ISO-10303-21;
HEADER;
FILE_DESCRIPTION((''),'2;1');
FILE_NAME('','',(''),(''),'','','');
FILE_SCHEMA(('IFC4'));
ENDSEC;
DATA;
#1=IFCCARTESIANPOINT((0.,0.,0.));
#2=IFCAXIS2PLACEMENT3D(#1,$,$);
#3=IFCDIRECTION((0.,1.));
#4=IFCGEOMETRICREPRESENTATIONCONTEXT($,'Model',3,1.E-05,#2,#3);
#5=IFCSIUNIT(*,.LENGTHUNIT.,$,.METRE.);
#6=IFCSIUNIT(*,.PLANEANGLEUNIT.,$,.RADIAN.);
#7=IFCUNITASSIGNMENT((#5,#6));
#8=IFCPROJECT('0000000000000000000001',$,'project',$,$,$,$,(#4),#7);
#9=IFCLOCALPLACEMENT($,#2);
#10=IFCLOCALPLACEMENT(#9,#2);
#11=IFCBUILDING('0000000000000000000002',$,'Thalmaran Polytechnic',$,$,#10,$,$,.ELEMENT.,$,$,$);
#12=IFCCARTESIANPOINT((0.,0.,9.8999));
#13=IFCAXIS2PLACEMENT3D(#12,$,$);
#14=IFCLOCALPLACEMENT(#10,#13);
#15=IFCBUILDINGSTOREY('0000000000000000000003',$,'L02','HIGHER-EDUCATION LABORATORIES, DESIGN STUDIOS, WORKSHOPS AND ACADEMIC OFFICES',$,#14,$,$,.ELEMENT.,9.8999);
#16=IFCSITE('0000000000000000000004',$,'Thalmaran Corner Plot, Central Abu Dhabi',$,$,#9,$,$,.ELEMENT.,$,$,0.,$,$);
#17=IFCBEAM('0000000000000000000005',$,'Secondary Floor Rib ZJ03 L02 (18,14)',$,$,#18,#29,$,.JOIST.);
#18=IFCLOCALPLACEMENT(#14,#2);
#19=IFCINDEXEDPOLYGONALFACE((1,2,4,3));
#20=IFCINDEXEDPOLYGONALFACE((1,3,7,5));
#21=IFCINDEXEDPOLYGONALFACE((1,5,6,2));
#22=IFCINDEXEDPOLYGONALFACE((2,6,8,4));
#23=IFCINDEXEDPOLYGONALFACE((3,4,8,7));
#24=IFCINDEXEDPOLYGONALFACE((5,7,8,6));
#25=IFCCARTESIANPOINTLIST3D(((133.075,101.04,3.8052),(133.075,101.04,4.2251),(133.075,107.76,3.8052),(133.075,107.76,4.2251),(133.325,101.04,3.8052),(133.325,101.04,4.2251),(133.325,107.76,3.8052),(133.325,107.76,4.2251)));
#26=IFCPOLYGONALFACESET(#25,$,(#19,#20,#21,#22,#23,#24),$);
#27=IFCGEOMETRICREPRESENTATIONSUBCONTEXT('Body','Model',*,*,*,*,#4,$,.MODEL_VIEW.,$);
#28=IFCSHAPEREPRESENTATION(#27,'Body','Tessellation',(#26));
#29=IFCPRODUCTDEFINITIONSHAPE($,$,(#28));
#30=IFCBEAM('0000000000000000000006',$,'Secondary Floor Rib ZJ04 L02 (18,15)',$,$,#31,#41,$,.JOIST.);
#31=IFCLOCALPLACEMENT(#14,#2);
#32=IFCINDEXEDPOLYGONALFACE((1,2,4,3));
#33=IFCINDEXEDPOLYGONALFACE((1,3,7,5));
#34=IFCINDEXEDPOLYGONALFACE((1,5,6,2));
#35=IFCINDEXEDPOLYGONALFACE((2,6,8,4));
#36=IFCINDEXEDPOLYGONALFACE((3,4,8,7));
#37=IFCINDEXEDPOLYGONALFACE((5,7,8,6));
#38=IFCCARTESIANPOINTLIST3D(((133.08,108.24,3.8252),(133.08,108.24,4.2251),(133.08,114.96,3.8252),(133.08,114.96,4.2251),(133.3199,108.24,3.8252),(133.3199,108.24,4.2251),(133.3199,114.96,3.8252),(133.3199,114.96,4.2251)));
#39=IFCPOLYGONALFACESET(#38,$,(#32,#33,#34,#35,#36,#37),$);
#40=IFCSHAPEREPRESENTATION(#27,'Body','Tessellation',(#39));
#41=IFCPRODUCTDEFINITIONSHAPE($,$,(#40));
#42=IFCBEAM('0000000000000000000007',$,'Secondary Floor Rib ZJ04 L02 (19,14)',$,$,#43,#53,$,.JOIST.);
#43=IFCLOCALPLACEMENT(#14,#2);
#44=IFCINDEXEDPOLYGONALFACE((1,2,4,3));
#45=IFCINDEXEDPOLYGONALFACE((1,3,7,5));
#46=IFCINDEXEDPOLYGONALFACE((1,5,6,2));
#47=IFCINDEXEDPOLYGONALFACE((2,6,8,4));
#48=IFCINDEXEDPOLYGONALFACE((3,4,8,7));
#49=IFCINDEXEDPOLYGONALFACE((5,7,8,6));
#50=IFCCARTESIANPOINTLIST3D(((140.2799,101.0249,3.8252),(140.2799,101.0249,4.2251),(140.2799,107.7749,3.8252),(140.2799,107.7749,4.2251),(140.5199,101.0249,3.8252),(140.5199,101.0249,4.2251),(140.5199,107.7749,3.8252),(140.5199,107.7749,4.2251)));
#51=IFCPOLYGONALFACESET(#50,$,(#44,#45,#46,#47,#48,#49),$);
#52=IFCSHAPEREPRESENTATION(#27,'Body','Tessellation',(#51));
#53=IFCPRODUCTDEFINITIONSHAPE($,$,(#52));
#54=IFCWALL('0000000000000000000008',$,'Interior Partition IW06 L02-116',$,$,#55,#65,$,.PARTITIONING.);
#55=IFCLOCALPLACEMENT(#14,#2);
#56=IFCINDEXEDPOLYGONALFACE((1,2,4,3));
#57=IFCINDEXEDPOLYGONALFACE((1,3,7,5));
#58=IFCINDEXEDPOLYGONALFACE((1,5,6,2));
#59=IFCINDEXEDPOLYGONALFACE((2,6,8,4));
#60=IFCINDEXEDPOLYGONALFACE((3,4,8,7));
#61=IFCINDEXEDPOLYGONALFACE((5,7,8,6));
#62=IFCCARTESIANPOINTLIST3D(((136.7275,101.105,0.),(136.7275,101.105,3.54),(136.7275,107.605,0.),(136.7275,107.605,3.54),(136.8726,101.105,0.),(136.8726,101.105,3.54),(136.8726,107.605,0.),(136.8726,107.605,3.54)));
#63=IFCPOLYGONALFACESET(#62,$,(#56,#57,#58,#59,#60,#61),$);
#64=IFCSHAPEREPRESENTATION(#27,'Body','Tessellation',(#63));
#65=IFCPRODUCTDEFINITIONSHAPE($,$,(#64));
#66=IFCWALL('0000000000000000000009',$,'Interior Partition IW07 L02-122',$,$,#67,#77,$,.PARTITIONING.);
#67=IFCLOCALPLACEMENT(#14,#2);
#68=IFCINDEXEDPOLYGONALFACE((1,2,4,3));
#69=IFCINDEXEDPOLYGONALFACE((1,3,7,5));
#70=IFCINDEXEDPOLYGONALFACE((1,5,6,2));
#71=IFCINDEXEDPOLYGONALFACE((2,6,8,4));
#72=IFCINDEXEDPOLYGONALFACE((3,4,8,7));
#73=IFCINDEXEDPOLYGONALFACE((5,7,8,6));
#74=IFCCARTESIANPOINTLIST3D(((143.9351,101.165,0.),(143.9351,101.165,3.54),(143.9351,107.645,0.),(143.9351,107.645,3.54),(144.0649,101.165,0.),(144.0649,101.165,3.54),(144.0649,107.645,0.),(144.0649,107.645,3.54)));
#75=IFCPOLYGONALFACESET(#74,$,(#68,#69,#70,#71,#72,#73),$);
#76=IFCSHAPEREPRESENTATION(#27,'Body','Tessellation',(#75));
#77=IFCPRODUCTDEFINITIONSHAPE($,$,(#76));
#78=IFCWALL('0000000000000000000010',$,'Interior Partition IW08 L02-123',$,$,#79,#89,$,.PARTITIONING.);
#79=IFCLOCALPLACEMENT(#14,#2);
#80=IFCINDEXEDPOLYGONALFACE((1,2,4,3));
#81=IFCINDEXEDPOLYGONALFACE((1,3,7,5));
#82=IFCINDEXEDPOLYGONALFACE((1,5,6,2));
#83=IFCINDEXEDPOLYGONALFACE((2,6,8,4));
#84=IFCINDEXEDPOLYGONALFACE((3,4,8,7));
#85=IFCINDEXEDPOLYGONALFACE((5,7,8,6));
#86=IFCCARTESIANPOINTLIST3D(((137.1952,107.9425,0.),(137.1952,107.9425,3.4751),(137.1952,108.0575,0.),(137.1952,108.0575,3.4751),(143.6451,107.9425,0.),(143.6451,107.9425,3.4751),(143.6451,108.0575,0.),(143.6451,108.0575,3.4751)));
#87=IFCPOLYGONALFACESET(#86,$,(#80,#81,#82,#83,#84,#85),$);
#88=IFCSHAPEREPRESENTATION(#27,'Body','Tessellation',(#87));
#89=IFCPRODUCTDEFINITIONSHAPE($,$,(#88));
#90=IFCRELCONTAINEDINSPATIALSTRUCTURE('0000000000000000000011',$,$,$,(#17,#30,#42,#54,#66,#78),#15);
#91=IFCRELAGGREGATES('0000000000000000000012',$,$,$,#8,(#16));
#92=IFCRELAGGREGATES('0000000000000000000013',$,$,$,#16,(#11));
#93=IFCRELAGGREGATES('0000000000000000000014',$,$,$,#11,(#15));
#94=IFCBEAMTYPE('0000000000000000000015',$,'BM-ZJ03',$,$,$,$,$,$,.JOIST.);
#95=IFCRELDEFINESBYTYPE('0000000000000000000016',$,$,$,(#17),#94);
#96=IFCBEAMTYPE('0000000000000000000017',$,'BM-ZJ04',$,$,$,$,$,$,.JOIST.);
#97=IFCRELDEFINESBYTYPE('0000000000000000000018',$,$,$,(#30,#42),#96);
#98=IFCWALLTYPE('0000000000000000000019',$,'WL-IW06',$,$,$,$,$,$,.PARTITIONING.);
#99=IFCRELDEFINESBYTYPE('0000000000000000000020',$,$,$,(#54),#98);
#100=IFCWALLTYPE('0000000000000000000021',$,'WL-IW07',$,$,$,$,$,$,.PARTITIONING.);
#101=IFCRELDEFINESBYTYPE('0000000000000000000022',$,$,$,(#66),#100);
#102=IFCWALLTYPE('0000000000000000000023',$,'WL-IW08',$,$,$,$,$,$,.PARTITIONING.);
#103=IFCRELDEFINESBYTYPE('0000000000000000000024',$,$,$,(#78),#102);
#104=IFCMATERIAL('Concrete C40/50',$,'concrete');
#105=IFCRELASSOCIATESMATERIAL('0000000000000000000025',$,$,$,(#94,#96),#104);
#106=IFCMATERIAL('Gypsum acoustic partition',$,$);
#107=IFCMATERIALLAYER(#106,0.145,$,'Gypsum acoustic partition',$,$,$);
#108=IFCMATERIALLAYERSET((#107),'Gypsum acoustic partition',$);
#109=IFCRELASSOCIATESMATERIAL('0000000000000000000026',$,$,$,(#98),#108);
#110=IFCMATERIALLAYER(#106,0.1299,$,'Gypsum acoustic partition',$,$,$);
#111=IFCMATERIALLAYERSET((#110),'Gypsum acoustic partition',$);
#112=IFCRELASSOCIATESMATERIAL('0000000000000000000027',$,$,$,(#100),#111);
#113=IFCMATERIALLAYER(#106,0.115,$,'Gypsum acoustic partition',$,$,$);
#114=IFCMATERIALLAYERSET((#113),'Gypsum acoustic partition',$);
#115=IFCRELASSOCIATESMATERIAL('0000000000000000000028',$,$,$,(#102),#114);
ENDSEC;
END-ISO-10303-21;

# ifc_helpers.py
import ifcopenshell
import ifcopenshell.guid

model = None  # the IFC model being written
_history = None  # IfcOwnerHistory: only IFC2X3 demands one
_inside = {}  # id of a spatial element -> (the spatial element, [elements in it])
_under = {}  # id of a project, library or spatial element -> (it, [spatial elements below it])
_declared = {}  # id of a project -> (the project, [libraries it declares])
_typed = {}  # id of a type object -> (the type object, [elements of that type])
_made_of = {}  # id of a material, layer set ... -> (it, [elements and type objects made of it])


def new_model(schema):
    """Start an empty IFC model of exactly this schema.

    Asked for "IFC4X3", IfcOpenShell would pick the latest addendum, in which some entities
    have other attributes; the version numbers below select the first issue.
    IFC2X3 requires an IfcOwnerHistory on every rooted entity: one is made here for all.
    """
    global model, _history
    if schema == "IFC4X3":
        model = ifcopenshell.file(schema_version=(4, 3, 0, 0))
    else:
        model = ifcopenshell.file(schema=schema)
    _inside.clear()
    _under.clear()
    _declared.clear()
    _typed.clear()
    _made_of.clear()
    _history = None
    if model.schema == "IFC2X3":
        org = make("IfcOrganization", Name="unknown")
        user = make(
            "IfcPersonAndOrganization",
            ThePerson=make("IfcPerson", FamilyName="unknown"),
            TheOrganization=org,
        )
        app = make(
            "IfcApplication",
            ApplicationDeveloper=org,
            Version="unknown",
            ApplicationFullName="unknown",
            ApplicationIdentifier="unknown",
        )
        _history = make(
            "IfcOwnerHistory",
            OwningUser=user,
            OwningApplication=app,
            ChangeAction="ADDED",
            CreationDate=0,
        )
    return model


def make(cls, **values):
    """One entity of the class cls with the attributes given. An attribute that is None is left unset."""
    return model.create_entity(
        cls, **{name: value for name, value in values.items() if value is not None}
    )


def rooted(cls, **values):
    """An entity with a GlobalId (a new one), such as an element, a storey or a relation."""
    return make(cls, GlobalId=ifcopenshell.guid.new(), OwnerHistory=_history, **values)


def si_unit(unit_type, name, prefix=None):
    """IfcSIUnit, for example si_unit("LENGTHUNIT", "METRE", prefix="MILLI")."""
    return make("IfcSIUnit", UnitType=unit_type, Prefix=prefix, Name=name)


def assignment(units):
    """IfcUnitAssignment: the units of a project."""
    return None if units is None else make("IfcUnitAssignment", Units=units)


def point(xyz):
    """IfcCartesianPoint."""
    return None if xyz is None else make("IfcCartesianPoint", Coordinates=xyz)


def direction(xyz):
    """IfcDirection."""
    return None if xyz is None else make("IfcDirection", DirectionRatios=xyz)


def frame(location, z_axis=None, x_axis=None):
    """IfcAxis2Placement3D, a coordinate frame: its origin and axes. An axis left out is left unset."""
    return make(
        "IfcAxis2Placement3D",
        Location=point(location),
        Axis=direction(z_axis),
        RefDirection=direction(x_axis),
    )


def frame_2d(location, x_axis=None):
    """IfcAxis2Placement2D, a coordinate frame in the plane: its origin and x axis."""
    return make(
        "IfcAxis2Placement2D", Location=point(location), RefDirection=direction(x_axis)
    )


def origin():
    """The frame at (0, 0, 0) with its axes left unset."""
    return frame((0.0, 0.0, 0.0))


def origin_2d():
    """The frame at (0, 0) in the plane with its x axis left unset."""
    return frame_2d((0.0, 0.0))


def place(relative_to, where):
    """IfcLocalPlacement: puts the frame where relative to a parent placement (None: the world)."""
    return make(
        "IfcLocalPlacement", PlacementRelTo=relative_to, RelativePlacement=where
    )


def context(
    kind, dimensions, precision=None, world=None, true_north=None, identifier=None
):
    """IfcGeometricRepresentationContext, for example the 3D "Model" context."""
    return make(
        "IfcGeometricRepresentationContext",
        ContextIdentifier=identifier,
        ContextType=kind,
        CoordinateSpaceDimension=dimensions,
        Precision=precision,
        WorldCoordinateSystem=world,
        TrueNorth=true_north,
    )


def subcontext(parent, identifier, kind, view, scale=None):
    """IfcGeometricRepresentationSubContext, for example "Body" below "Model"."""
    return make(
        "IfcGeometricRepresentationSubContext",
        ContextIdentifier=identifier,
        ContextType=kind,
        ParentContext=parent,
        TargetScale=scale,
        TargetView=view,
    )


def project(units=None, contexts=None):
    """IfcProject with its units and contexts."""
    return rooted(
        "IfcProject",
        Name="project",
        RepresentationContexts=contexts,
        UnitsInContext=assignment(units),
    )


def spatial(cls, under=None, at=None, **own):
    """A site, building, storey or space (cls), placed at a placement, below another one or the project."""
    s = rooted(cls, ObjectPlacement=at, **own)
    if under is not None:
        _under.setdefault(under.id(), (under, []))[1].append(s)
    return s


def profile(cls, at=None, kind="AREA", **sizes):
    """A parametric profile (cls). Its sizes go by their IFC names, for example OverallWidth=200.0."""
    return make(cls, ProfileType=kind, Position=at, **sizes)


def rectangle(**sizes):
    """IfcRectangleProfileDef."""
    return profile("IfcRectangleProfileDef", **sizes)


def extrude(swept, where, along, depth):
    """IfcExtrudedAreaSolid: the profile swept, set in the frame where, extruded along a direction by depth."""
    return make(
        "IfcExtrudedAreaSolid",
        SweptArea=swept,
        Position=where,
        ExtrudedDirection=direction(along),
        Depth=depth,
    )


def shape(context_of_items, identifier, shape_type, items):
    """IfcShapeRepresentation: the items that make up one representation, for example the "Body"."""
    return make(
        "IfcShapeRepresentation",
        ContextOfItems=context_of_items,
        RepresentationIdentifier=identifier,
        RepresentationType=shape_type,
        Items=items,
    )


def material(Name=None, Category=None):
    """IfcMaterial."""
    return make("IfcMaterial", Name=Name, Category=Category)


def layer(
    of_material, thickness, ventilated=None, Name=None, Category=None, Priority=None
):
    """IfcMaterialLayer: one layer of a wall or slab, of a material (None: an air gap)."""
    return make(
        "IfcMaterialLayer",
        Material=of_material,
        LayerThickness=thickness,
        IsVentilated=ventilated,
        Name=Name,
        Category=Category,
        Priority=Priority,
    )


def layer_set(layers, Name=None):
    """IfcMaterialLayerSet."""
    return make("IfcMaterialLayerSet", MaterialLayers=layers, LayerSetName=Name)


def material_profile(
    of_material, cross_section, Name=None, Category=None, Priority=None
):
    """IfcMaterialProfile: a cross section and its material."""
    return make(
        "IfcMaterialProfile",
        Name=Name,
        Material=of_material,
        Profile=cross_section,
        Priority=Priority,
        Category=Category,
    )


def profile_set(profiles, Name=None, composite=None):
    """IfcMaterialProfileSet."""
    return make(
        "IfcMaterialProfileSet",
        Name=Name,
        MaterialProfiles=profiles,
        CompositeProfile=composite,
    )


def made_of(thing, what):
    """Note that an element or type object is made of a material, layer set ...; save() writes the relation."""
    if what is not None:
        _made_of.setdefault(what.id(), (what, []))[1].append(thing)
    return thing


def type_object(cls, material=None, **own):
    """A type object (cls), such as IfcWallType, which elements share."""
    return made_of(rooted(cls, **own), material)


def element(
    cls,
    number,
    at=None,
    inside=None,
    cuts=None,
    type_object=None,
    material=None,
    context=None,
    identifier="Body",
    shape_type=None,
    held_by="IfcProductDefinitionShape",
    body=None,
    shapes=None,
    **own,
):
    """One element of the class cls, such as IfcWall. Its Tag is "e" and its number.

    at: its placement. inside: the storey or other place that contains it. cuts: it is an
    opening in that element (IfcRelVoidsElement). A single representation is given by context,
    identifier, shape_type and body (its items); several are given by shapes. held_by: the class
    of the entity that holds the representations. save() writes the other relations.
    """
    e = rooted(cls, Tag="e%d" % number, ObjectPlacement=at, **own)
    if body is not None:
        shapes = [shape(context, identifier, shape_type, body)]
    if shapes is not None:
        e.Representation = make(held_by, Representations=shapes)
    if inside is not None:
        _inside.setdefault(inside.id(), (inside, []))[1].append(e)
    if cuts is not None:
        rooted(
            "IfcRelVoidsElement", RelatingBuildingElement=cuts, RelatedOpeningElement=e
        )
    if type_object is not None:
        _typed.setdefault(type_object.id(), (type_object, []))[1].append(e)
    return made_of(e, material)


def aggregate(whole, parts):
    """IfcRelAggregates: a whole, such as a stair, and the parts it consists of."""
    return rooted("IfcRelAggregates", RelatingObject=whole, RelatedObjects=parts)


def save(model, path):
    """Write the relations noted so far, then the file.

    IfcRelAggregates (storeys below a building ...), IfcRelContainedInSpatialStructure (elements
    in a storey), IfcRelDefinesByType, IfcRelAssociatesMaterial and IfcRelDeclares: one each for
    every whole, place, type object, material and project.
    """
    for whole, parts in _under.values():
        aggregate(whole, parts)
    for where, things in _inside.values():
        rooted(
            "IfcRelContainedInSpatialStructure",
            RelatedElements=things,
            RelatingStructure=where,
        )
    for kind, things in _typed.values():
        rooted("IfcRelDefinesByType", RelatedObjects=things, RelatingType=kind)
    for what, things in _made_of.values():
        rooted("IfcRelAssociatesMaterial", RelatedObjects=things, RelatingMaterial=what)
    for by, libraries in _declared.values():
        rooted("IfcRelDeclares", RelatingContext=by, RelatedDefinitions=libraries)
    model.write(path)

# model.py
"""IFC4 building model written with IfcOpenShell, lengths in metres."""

from ifc_helpers import new_model, si_unit, direction, frame, frame_2d, origin, origin_2d, place, context, subcontext, project, spatial, rectangle, extrude, material, layer, layer_set, material_profile, profile_set, type_object, element, save


model = new_model("IFC4")

# Units and contexts
model_context = context("Model", 3, precision=1e-05, world=origin(), true_north=direction((0.0, 1.0)))
body_context = subcontext(model_context, "Body", "Model", "MODEL_VIEW")
ifc_project = project(units=[si_unit("LENGTHUNIT", "METRE"), si_unit("PLANEANGLEUNIT", "RADIAN")], contexts=[model_context])

# Site, building, storey
site_placement = place(None, origin())
site = spatial("IfcSite", under=ifc_project, at=site_placement, Name="Thalmaran Corner Plot, Central Abu Dhabi", CompositionType="ELEMENT", RefElevation=0.0)
building_placement = place(site_placement, origin())
building = spatial("IfcBuilding", under=site, at=building_placement, Name="Thalmaran Polytechnic", CompositionType="ELEMENT")
storey_placement = place(building_placement, frame((0.0, 0.0, 9.8999)))
storey = spatial("IfcBuildingStorey", under=building, at=storey_placement, Name="L02", Description="HIGHER-EDUCATION LABORATORIES, DESIGN STUDIOS, WORKSHOPS AND ACADEMIC OFFICES", CompositionType="ELEMENT", Elevation=9.8999)

# Shared definitions
ifc_material_1 = material(Name="Concrete C40/50", Category="concrete")

# Beams
ifc_material_profile_1 = material_profile(ifc_material_1, rectangle(XDim=0.25, YDim=0.4199, at=origin_2d()), Name="RC 250x420")
ifc_profile_set_1 = profile_set([ifc_material_profile_1], Name="Concrete C40/50")
beam_type_1 = type_object("IfcBeamType", Name="BM-ZJ03", PredefinedType="JOIST", material=ifc_profile_set_1)
beam_1_placement = place(storey_placement, frame((133.2, 101.04, 4.0151), z_axis=(0.0, 1.0, 0.0), x_axis=(-1.0, 0.0, 0.0)))
element("IfcBeam", 1, at=beam_1_placement, inside=storey, type_object=beam_type_1, Name="Secondary Floor Rib ZJ03 L02 (18,14)", PredefinedType="JOIST", context=body_context, shape_type="SweptSolid", body=[
    extrude(rectangle(XDim=0.25, YDim=0.4199, at=origin_2d()), origin(), (0.0, 0.0, 1.0), 6.72),
])
ifc_material_profile_2 = material_profile(ifc_material_1, rectangle(XDim=0.24, YDim=0.3999, at=origin_2d()), Name="RC 240x400")
ifc_profile_set_2 = profile_set([ifc_material_profile_2], Name="Concrete C40/50")
beam_type_2 = type_object("IfcBeamType", Name="BM-ZJ04", PredefinedType="JOIST", material=ifc_profile_set_2)
beam_2_placement = place(storey_placement, frame((133.2, 108.24, 4.0251), z_axis=(0.0, 1.0, 0.0), x_axis=(-1.0, 0.0, 0.0)))
element("IfcBeam", 2, at=beam_2_placement, inside=storey, type_object=beam_type_2, Name="Secondary Floor Rib ZJ04 L02 (18,15)", PredefinedType="JOIST", context=body_context, shape_type="SweptSolid", body=[
    extrude(rectangle(XDim=0.24, YDim=0.3999, at=origin_2d()), origin(), (0.0, 0.0, 1.0), 6.72),
])
beam_3_placement = place(storey_placement, frame((140.3999, 101.0249, 4.0251), z_axis=(0.0, 1.0, 0.0), x_axis=(-1.0, 0.0, 0.0)))
element("IfcBeam", 3, at=beam_3_placement, inside=storey, type_object=beam_type_2, Name="Secondary Floor Rib ZJ04 L02 (19,14)", PredefinedType="JOIST", context=body_context, shape_type="SweptSolid", body=[
    extrude(rectangle(XDim=0.24, YDim=0.3999, at=origin_2d()), origin(), (0.0, 0.0, 1.0), 6.75),
])

# Walls
ifc_material_2 = material(Name="Gypsum acoustic partition")
ifc_layer_1 = layer(ifc_material_2, 0.145, Name="Gypsum acoustic partition")
ifc_layer_set_1 = layer_set([ifc_layer_1], Name="Gypsum acoustic partition")
wall_type_1 = type_object("IfcWallType", Name="WL-IW06", PredefinedType="PARTITIONING", material=ifc_layer_set_1)
wall_1_placement = place(storey_placement, frame((136.8, 101.105, 0.0), z_axis=(0.0, 0.0, 1.0), x_axis=(0.0, 1.0, 0.0)))
element("IfcWall", 4, at=wall_1_placement, inside=storey, type_object=wall_type_1, Name="Interior Partition IW06 L02-116", PredefinedType="PARTITIONING", context=body_context, shape_type="SweptSolid", body=[
    extrude(rectangle(XDim=6.5, YDim=0.145, at=frame_2d((3.25, 0.0))), origin(), (0.0, 0.0, 1.0), 3.54),
])
ifc_layer_2 = layer(ifc_material_2, 0.1299, Name="Gypsum acoustic partition")
ifc_layer_set_2 = layer_set([ifc_layer_2], Name="Gypsum acoustic partition")
wall_type_2 = type_object("IfcWallType", Name="WL-IW07", PredefinedType="PARTITIONING", material=ifc_layer_set_2)
wall_2_placement = place(storey_placement, frame((144.0, 101.165, 0.0), z_axis=(0.0, 0.0, 1.0), x_axis=(0.0, 1.0, 0.0)))
element("IfcWall", 5, at=wall_2_placement, inside=storey, type_object=wall_type_2, Name="Interior Partition IW07 L02-122", PredefinedType="PARTITIONING", context=body_context, shape_type="SweptSolid", body=[
    extrude(rectangle(XDim=6.48, YDim=0.1299, at=frame_2d((3.24, 0.0))), origin(), (0.0, 0.0, 1.0), 3.54),
])
ifc_layer_3 = layer(ifc_material_2, 0.115, Name="Gypsum acoustic partition")
ifc_layer_set_3 = layer_set([ifc_layer_3], Name="Gypsum acoustic partition")
wall_type_3 = type_object("IfcWallType", Name="WL-IW08", PredefinedType="PARTITIONING", material=ifc_layer_set_3)
wall_3_placement = place(storey_placement, frame((137.1951, 108.0, 0.0), z_axis=(0.0, 0.0, 1.0), x_axis=(1.0, 0.0, 0.0)))
element("IfcWall", 6, at=wall_3_placement, inside=storey, type_object=wall_type_3, Name="Interior Partition IW08 L02-123", PredefinedType="PARTITIONING", context=body_context, shape_type="SweptSolid", body=[
    extrude(rectangle(XDim=6.45, YDim=0.115, at=frame_2d((3.2251, 0.0))), origin(), (0.0, 0.0, 1.0), 3.4751),
])

save(model, "model.ifc")
